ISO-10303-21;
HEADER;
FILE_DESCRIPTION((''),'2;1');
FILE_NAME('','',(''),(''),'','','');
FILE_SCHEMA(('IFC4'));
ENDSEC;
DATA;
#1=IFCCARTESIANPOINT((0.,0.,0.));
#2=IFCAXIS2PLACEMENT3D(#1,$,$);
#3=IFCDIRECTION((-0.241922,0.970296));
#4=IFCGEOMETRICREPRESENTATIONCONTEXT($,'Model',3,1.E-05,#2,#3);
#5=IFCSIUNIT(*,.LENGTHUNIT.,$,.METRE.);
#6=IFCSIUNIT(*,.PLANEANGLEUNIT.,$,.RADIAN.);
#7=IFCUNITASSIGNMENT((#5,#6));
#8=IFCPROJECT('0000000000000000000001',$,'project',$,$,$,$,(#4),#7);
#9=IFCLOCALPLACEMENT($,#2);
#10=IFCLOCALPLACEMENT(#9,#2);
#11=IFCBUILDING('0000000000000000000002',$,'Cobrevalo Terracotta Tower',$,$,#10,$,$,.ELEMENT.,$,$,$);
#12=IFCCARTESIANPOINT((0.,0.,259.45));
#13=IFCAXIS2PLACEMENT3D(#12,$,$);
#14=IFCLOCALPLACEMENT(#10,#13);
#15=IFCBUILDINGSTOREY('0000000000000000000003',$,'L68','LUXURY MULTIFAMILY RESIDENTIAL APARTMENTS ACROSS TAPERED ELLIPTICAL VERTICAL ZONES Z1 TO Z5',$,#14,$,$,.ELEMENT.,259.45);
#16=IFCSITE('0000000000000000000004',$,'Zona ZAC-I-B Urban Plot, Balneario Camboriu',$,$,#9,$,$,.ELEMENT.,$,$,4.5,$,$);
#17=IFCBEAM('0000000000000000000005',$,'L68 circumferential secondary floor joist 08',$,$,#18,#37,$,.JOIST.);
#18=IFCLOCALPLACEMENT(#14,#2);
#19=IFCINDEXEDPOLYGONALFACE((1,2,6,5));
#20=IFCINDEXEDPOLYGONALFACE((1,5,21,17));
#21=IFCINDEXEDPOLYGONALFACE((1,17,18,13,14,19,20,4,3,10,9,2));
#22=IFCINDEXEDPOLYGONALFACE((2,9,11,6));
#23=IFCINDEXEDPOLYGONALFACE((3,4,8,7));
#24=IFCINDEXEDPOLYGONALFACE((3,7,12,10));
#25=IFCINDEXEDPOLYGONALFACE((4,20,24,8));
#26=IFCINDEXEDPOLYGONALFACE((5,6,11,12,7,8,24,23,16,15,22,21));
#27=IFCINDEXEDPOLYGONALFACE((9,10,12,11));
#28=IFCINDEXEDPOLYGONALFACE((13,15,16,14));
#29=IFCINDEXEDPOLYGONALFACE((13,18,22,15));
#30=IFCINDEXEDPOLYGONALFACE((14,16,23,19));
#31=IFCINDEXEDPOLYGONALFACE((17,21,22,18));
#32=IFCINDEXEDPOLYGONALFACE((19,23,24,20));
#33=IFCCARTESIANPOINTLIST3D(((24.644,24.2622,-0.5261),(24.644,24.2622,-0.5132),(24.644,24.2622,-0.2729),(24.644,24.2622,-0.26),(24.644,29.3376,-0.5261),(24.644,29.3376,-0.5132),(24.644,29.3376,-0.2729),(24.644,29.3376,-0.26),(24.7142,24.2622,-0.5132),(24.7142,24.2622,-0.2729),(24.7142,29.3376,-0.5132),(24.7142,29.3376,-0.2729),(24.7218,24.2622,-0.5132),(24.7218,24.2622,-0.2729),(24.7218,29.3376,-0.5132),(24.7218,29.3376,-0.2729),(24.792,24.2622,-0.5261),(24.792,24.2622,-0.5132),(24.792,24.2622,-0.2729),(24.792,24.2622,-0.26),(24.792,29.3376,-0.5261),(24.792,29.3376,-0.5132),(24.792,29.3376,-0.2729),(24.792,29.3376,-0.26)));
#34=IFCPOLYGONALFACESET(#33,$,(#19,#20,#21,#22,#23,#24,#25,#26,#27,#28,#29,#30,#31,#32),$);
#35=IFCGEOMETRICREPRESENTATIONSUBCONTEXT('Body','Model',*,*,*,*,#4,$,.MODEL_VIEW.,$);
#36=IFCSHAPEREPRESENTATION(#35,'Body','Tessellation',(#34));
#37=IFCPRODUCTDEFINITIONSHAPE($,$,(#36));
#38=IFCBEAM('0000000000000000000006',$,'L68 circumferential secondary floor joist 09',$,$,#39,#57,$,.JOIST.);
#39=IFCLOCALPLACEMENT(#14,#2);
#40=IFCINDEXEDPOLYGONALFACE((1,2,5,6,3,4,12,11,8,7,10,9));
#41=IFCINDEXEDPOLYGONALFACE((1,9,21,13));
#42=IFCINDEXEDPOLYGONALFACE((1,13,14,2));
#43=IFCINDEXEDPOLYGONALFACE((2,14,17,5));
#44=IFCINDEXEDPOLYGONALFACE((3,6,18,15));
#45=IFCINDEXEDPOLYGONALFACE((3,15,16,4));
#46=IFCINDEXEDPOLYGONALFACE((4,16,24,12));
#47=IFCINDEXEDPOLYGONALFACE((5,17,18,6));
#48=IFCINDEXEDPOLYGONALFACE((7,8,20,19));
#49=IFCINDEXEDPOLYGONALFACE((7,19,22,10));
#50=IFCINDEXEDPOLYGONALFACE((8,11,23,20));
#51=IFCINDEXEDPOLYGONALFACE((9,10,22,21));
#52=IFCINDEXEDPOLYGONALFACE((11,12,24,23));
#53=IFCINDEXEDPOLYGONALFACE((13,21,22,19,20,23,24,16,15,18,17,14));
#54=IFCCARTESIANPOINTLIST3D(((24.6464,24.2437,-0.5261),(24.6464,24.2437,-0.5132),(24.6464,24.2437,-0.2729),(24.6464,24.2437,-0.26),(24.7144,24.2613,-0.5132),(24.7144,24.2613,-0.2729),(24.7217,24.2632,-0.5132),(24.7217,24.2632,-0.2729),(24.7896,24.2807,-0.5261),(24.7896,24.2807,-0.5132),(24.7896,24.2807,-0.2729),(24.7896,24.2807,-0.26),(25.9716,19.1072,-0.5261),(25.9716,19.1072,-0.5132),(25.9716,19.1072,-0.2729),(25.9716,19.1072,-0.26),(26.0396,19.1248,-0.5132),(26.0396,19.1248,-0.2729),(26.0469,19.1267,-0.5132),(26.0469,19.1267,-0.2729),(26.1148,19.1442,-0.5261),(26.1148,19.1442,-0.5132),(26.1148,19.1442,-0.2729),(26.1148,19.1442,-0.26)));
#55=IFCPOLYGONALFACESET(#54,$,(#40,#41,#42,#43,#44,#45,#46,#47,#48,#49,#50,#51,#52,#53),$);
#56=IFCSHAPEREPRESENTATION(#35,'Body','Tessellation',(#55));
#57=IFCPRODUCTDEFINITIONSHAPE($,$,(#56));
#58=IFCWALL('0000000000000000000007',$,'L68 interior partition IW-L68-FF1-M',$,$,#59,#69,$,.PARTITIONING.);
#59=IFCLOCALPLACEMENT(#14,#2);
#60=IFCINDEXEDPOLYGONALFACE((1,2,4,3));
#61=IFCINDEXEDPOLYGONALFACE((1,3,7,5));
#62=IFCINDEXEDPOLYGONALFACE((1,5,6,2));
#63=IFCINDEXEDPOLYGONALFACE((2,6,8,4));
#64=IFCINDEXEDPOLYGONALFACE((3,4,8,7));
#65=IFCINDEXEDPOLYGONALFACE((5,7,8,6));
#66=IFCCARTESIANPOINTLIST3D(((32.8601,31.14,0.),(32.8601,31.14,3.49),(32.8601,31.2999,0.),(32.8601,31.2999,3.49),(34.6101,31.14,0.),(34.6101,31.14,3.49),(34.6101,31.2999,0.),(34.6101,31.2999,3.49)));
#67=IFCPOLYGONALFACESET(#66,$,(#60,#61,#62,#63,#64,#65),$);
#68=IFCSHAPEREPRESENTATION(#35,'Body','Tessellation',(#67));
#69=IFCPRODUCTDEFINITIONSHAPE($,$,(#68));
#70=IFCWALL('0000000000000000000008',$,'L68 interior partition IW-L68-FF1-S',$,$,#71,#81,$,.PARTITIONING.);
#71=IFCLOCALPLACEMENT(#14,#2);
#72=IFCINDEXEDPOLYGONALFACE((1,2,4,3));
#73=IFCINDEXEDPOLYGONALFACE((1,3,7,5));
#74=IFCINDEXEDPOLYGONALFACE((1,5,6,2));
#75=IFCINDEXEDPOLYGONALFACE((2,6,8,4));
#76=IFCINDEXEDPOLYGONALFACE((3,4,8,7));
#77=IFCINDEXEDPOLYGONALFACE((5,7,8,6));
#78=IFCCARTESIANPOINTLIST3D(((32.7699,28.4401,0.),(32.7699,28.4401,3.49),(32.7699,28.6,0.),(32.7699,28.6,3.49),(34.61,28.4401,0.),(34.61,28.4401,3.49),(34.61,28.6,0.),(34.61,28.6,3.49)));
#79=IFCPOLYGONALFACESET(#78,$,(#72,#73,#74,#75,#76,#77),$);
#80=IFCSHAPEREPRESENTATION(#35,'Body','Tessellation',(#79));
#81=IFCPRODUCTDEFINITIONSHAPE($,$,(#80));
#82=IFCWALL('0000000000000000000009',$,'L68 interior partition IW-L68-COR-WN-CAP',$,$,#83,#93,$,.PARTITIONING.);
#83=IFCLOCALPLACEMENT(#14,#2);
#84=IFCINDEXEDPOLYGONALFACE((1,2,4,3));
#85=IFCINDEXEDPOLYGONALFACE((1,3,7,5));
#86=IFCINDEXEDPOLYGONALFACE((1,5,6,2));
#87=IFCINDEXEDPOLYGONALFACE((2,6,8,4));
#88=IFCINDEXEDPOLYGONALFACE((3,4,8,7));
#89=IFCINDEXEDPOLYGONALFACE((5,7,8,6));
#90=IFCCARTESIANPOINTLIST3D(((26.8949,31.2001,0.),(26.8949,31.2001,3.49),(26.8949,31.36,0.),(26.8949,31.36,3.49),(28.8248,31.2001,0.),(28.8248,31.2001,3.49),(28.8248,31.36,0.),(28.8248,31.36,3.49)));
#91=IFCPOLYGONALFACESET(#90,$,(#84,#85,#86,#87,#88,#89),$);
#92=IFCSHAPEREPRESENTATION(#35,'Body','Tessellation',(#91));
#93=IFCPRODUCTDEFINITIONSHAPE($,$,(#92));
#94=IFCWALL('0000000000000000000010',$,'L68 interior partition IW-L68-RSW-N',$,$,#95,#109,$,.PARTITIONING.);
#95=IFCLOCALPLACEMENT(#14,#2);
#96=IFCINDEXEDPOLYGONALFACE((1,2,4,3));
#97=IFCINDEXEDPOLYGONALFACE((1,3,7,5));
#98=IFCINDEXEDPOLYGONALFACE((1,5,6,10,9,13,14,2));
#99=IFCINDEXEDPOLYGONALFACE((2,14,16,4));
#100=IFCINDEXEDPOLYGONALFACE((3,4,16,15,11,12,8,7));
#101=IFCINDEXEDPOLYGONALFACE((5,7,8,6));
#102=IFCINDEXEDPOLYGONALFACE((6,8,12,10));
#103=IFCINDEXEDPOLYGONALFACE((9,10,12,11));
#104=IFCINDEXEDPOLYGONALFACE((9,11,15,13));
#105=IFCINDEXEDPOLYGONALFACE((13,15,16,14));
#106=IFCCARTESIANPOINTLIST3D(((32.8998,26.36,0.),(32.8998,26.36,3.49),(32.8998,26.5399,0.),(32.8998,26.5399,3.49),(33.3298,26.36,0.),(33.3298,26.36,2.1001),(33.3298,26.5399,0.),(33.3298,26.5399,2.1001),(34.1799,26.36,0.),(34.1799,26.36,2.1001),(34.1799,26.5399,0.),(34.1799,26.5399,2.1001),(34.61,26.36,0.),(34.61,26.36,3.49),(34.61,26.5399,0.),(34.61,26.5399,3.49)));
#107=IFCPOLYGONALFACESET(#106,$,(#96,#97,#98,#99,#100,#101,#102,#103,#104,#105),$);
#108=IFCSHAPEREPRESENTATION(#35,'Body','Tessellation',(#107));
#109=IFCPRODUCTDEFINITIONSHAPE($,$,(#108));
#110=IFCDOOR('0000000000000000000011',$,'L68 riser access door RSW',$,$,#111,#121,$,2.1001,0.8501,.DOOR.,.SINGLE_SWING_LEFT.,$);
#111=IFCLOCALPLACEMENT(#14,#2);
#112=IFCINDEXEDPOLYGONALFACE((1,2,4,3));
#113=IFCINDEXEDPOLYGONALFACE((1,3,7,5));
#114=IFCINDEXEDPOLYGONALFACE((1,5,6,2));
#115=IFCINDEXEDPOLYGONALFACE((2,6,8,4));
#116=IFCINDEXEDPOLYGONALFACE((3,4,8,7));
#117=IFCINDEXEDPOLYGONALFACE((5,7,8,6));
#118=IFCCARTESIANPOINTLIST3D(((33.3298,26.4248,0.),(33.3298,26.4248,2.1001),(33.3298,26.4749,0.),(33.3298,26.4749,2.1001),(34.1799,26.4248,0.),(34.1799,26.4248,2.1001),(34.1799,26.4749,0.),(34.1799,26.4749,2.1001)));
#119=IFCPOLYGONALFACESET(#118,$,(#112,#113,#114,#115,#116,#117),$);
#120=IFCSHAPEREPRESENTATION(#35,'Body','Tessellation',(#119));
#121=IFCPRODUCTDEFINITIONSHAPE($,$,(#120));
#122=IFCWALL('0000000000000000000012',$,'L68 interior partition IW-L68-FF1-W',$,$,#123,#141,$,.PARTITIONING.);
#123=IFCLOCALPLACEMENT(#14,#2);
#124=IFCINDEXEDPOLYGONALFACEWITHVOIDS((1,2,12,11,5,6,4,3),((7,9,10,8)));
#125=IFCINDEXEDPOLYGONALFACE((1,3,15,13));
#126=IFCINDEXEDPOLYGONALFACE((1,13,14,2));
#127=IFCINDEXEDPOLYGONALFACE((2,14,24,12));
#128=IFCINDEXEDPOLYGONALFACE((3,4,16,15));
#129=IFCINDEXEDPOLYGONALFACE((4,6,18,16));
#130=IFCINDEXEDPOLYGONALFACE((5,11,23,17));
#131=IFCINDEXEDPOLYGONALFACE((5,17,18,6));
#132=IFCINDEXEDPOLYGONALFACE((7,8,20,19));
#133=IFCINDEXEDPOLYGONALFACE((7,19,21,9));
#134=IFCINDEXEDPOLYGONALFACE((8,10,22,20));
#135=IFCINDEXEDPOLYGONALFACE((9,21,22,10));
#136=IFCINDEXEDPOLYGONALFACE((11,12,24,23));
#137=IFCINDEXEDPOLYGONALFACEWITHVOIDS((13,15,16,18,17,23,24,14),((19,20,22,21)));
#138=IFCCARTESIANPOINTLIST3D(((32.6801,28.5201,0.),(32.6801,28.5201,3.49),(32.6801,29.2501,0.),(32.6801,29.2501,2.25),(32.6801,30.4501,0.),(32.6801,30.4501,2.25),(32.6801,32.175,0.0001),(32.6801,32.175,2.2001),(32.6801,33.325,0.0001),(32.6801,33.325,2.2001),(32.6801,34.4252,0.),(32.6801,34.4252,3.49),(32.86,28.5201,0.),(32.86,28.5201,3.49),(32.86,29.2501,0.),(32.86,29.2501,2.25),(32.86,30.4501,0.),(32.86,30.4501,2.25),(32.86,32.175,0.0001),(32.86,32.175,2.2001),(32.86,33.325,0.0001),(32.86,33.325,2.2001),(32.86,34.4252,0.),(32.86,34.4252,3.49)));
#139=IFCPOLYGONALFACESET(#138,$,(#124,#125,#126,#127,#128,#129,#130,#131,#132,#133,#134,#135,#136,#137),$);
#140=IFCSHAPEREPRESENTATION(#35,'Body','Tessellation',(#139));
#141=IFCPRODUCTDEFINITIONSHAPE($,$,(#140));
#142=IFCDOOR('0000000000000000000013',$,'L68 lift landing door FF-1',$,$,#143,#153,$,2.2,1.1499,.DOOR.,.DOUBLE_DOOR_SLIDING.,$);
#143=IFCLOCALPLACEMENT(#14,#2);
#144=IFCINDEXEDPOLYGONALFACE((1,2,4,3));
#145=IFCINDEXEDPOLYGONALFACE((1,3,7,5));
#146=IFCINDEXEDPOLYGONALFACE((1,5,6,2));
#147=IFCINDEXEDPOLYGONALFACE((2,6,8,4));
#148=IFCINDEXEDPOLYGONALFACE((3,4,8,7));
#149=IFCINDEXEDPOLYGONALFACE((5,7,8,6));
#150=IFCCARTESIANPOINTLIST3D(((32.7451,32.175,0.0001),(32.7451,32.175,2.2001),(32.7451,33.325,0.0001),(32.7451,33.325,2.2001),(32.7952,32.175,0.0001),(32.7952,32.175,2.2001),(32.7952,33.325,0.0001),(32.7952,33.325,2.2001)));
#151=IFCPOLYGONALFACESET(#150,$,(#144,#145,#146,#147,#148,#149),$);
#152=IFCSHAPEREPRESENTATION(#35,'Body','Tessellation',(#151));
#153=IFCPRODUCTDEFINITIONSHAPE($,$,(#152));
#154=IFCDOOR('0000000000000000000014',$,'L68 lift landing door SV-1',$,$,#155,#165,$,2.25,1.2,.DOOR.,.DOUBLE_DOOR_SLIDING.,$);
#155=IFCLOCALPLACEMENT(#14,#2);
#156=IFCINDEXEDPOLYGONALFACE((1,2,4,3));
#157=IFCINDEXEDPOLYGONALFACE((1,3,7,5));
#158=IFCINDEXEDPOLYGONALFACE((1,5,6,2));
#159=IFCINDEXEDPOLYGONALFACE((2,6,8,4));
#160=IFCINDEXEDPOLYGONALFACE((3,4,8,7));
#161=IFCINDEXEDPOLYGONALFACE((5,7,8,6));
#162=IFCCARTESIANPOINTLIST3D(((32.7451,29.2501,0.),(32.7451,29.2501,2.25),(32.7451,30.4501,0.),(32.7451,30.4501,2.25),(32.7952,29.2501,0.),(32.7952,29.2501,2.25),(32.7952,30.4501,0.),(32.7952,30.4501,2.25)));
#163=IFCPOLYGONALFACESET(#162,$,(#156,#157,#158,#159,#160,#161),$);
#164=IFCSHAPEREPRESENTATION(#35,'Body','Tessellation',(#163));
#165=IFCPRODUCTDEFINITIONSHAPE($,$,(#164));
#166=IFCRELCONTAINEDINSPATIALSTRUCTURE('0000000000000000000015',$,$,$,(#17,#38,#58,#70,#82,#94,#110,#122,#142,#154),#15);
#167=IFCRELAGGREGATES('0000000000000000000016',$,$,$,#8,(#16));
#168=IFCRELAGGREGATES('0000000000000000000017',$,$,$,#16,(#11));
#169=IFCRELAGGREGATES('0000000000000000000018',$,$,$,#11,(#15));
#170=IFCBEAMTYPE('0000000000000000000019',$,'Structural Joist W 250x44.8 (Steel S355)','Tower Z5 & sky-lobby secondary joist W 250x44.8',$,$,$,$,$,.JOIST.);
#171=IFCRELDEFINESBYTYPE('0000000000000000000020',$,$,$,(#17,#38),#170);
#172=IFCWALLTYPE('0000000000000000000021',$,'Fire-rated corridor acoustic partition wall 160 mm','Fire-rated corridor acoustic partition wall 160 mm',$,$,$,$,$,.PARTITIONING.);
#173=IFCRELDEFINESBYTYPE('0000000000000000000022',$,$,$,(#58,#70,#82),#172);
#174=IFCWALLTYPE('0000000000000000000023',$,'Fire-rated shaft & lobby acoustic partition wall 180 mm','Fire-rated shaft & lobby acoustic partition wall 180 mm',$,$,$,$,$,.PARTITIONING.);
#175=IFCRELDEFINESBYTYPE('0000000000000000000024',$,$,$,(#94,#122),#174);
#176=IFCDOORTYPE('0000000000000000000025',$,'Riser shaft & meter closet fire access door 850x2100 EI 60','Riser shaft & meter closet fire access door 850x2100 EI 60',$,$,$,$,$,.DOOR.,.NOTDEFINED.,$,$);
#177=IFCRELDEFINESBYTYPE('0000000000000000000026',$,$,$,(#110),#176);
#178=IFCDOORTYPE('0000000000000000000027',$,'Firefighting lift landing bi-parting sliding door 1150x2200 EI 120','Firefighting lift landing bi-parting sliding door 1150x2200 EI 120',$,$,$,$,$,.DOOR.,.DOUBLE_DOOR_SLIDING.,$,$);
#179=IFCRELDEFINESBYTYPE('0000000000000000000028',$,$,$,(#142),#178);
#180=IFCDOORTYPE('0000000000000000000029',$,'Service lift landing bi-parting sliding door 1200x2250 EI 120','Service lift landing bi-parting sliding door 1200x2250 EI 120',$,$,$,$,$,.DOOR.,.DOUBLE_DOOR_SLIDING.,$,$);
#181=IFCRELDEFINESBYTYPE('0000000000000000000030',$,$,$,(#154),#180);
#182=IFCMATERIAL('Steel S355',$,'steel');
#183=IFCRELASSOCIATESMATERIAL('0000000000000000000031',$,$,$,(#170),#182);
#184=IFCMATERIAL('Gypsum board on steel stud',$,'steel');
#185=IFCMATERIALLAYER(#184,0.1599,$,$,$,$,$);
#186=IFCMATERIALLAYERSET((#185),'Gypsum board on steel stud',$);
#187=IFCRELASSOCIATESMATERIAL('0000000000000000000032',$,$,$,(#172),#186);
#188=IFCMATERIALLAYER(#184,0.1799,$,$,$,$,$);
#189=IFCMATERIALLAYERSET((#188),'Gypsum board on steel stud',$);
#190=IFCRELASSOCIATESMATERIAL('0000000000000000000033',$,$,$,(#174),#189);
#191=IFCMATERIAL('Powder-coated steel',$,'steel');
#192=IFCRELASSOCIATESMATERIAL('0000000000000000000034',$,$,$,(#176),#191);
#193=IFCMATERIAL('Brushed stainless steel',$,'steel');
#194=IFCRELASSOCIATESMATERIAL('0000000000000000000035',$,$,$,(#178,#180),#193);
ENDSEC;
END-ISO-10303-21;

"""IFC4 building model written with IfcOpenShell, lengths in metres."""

from ifc_helpers import new_model, si_unit, direction, frame, frame_2d, origin, origin_2d, place, context, subcontext, project, spatial, rectangle, i_section, extrude, source, transform, mapped, material, layer, layer_set, material_profile, profile_set, type_object, element, fill, save


model = new_model("IFC4")

# Units and contexts
model_context = context("Model", 3, precision=1e-05, world=origin(), true_north=direction((-0.241922, 0.970296)))
body_context = subcontext(model_context, "Body", "Model", "MODEL_VIEW")
ifc_project = project(units=[si_unit("LENGTHUNIT", "METRE"), si_unit("PLANEANGLEUNIT", "RADIAN")], contexts=[model_context])

# Site, building, storey
site_placement = place(None, origin())
site = spatial("IfcSite", under=ifc_project, at=site_placement, Name="Zona ZAC-I-B Urban Plot, Balneario Camboriu", CompositionType="ELEMENT", RefElevation=4.5)
building_placement = place(site_placement, origin())
building = spatial("IfcBuilding", under=site, at=building_placement, Name="Cobrevalo Terracotta Tower", CompositionType="ELEMENT")
storey_placement = place(building_placement, frame((0.0, 0.0, 259.45)))
storey = spatial("IfcBuildingStorey", under=building, at=storey_placement, Name="L68", Description="LUXURY MULTIFAMILY RESIDENTIAL APARTMENTS ACROSS TAPERED ELLIPTICAL VERTICAL ZONES Z1 TO Z5", CompositionType="ELEMENT", Elevation=259.45)

# Beams
ifc_material_1 = material(Name="Steel S355", Category="steel")
ifc_material_profile = material_profile(ifc_material_1, i_section(OverallWidth=0.1479, OverallDepth=0.2661, WebThickness=0.0076, FlangeThickness=0.0129, at=origin_2d()), Name="W 250x44.8")
ifc_profile_set = profile_set([ifc_material_profile], Name="Steel S355")
beam_type = type_object("IfcBeamType", Name="Structural Joist W 250x44.8 (Steel S355)", Description="Tower Z5 & sky-lobby secondary joist W 250x44.8", PredefinedType="JOIST", material=ifc_profile_set)
beam_1_placement = place(storey_placement, frame((24.718, 29.3376, -0.3931), z_axis=(0.0, -1.0, 0.0), x_axis=(1.0, 0.0, 0.0)))
element("IfcBeam", 1, at=beam_1_placement, inside=storey, type_object=beam_type, Name="L68 circumferential secondary floor joist 08", PredefinedType="JOIST", context=body_context, shape_type="SweptSolid", body=[
    extrude(i_section(OverallWidth=0.1479, OverallDepth=0.2661, WebThickness=0.0076, FlangeThickness=0.0129, at=origin_2d()), origin(), (0.0, 0.0, 1.0), 5.0754),
])
beam_2_placement = place(storey_placement, frame((24.718, 24.2622, -0.3931), z_axis=(0.249817, -0.968293, 0.0), x_axis=(0.968293, 0.249817, 0.0)))
element("IfcBeam", 2, at=beam_2_placement, inside=storey, type_object=beam_type, Name="L68 circumferential secondary floor joist 09", PredefinedType="JOIST", context=body_context, shape_type="SweptSolid", body=[
    extrude(i_section(OverallWidth=0.1479, OverallDepth=0.2661, WebThickness=0.0076, FlangeThickness=0.0129, at=origin_2d()), origin(), (0.0, 0.0, 1.0), 5.3047),
])

# Walls
ifc_material_2 = material(Name="Gypsum board on steel stud", Category="steel")
ifc_layer_1 = layer(ifc_material_2, 0.1599)
ifc_layer_set_1 = layer_set([ifc_layer_1], Name="Gypsum board on steel stud")
wall_type_1 = type_object("IfcWallType", Name="Fire-rated corridor acoustic partition wall 160 mm", Description="Fire-rated corridor acoustic partition wall 160 mm", PredefinedType="PARTITIONING", material=ifc_layer_set_1)
wall_1_placement = place(storey_placement, frame((32.8601, 31.22, 0.0), z_axis=(0.0, 0.0, 1.0), x_axis=(1.0, 0.0, 0.0)))
element("IfcWall", 3, at=wall_1_placement, inside=storey, type_object=wall_type_1, Name="L68 interior partition IW-L68-FF1-M", PredefinedType="PARTITIONING", context=body_context, shape_type="SweptSolid", body=[
    extrude(rectangle(XDim=1.75, YDim=0.1599, at=frame_2d((0.875, 0.0))), origin(), (0.0, 0.0, 1.0), 3.49),
])
wall_2_placement = place(storey_placement, frame((32.77, 28.52, 0.0), z_axis=(0.0, 0.0, 1.0), x_axis=(1.0, 0.0, 0.0)))
element("IfcWall", 4, at=wall_2_placement, inside=storey, type_object=wall_type_1, Name="L68 interior partition IW-L68-FF1-S", PredefinedType="PARTITIONING", context=body_context, shape_type="SweptSolid", body=[
    extrude(rectangle(XDim=1.8401, YDim=0.1599, at=frame_2d((0.9199, 0.0))), origin(), (0.0, 0.0, 1.0), 3.49),
])
wall_3_placement = place(storey_placement, frame((26.895, 31.28, 0.0), z_axis=(0.0, 0.0, 1.0), x_axis=(1.0, 0.0, 0.0)))
element("IfcWall", 5, at=wall_3_placement, inside=storey, type_object=wall_type_1, Name="L68 interior partition IW-L68-COR-WN-CAP", PredefinedType="PARTITIONING", context=body_context, shape_type="SweptSolid", body=[
    extrude(rectangle(XDim=1.9299, YDim=0.1599, at=frame_2d((0.9648, 0.0))), origin(), (0.0, 0.0, 1.0), 3.49),
])

# Wall, opening, door
ifc_layer_2 = layer(ifc_material_2, 0.1799)
ifc_layer_set_2 = layer_set([ifc_layer_2], Name="Gypsum board on steel stud")
wall_type_2 = type_object("IfcWallType", Name="Fire-rated shaft & lobby acoustic partition wall 180 mm", Description="Fire-rated shaft & lobby acoustic partition wall 180 mm", PredefinedType="PARTITIONING", material=ifc_layer_set_2)
wall_4_placement = place(storey_placement, frame((32.8999, 26.45, 0.0), z_axis=(0.0, 0.0, 1.0), x_axis=(1.0, 0.0, 0.0)))
wall_4 = element("IfcWall", 6, at=wall_4_placement, inside=storey, type_object=wall_type_2, Name="L68 interior partition IW-L68-RSW-N", PredefinedType="PARTITIONING", context=body_context, shape_type="SweptSolid", body=[
    extrude(rectangle(XDim=1.7102, YDim=0.1799, at=frame_2d((0.855, 0.0))), origin(), (0.0, 0.0, 1.0), 3.49),
])
opening_1_placement = place(wall_4_placement, frame((0.4299, 0.0, 0.0)))
opening_1 = element("IfcOpeningElement", 7, at=opening_1_placement, cuts=wall_4, PredefinedType="OPENING", context=body_context, shape_type="SweptSolid", body=[
    extrude(rectangle(XDim=0.8501, YDim=2.1001, at=frame_2d((0.425, 1.05))), frame((0.0, 0.1001, 0.0), z_axis=(0.0, -1.0, 0.0), x_axis=(1.0, 0.0, 0.0)), (0.0, 0.0, 1.0), 0.2),
])
ifc_material_3 = material(Name="Powder-coated steel", Category="steel")
door_type_1 = type_object("IfcDoorType", Name="Riser shaft & meter closet fire access door 850x2100 EI 60", Description="Riser shaft & meter closet fire access door 850x2100 EI 60", OperationType="NOTDEFINED", PredefinedType="DOOR", material=ifc_material_3)
shared_shape_1 = source(origin(), body_context, "Body", "SweptSolid", [
    extrude(rectangle(XDim=0.8501, YDim=2.1001, at=frame_2d((0.425, 1.05))), frame((0.0, 0.0249, 0.0), z_axis=(0.0, -1.0, 0.0), x_axis=(1.0, 0.0, 0.0)), (0.0, 0.0, 1.0), 0.05),
])
door_1_placement = place(opening_1_placement, origin())
door_1 = element("IfcDoor", 8, at=door_1_placement, inside=storey, type_object=door_type_1, Name="L68 riser access door RSW", OperationType="SINGLE_SWING_LEFT", OverallHeight=2.1001, OverallWidth=0.8501, PredefinedType="DOOR", context=body_context, shape_type="MappedRepresentation", body=[
    mapped(shared_shape_1, transform((0.0, 0.0, 0.0), scale=1.0)),
])
fill(opening_1, door_1)

# Wall, openings, doors
wall_5_placement = place(storey_placement, frame((32.77, 28.52, 0.0), z_axis=(0.0, 0.0, 1.0), x_axis=(0.0, 1.0, 0.0)))
wall_5 = element("IfcWall", 9, at=wall_5_placement, inside=storey, type_object=wall_type_2, Name="L68 interior partition IW-L68-FF1-W", PredefinedType="PARTITIONING", context=body_context, shape_type="SweptSolid", body=[
    extrude(rectangle(XDim=5.905, YDim=0.1799, at=frame_2d((2.9526, 0.0))), origin(), (0.0, 0.0, 1.0), 3.49),
])
opening_2_placement = place(wall_5_placement, frame((3.655, 0.0, 0.0)))
opening_2 = element("IfcOpeningElement", 10, at=opening_2_placement, cuts=wall_5, PredefinedType="OPENING", context=body_context, shape_type="SweptSolid", body=[
    extrude(rectangle(XDim=1.1499, YDim=2.2, at=frame_2d((0.575, 1.1001))), frame((0.0, 0.1001, 0.0), z_axis=(0.0, -1.0, 0.0), x_axis=(1.0, 0.0, 0.0)), (0.0, 0.0, 1.0), 0.2),
])
opening_3_placement = place(wall_5_placement, frame((0.73, 0.0, 0.0)))
opening_3 = element("IfcOpeningElement", 11, at=opening_3_placement, cuts=wall_5, PredefinedType="OPENING", context=body_context, shape_type="SweptSolid", body=[
    extrude(rectangle(XDim=1.2, YDim=2.25, at=frame_2d((0.6001, 1.125))), frame((0.0, 0.1001, 0.0), z_axis=(0.0, -1.0, 0.0), x_axis=(1.0, 0.0, 0.0)), (0.0, 0.0, 1.0), 0.2),
])
ifc_material_4 = material(Name="Brushed stainless steel", Category="steel")
door_type_2 = type_object("IfcDoorType", Name="Firefighting lift landing bi-parting sliding door 1150x2200 EI 120", Description="Firefighting lift landing bi-parting sliding door 1150x2200 EI 120", OperationType="DOUBLE_DOOR_SLIDING", PredefinedType="DOOR", material=ifc_material_4)
shared_shape_2 = source(origin(), body_context, "Body", "SweptSolid", [
    extrude(rectangle(XDim=1.1499, YDim=2.2, at=frame_2d((0.575, 1.1001))), frame((0.0, 0.0249, 0.0), z_axis=(0.0, -1.0, 0.0), x_axis=(1.0, 0.0, 0.0)), (0.0, 0.0, 1.0), 0.05),
])
door_2_placement = place(opening_2_placement, origin())
door_2 = element("IfcDoor", 12, at=door_2_placement, inside=storey, type_object=door_type_2, Name="L68 lift landing door FF-1", OperationType="DOUBLE_DOOR_SLIDING", OverallHeight=2.2, OverallWidth=1.1499, PredefinedType="DOOR", context=body_context, shape_type="MappedRepresentation", body=[
    mapped(shared_shape_2, transform((0.0, 0.0, 0.0), scale=1.0)),
])
fill(opening_2, door_2)
door_type_3 = type_object("IfcDoorType", Name="Service lift landing bi-parting sliding door 1200x2250 EI 120", Description="Service lift landing bi-parting sliding door 1200x2250 EI 120", OperationType="DOUBLE_DOOR_SLIDING", PredefinedType="DOOR", material=ifc_material_4)
shared_shape_3 = source(origin(), body_context, "Body", "SweptSolid", [
    extrude(rectangle(XDim=1.2, YDim=2.25, at=frame_2d((0.6001, 1.125))), frame((0.0, 0.0249, 0.0), z_axis=(0.0, -1.0, 0.0), x_axis=(1.0, 0.0, 0.0)), (0.0, 0.0, 1.0), 0.05),
])
door_3_placement = place(opening_3_placement, origin())
door_3 = element("IfcDoor", 13, at=door_3_placement, inside=storey, type_object=door_type_3, Name="L68 lift landing door SV-1", OperationType="DOUBLE_DOOR_SLIDING", OverallHeight=2.25, OverallWidth=1.2, PredefinedType="DOOR", context=body_context, shape_type="MappedRepresentation", body=[
    mapped(shared_shape_3, transform((0.0, 0.0, 0.0), scale=1.0)),
])
fill(opening_3, door_3)

save(model, "model.ifc")
